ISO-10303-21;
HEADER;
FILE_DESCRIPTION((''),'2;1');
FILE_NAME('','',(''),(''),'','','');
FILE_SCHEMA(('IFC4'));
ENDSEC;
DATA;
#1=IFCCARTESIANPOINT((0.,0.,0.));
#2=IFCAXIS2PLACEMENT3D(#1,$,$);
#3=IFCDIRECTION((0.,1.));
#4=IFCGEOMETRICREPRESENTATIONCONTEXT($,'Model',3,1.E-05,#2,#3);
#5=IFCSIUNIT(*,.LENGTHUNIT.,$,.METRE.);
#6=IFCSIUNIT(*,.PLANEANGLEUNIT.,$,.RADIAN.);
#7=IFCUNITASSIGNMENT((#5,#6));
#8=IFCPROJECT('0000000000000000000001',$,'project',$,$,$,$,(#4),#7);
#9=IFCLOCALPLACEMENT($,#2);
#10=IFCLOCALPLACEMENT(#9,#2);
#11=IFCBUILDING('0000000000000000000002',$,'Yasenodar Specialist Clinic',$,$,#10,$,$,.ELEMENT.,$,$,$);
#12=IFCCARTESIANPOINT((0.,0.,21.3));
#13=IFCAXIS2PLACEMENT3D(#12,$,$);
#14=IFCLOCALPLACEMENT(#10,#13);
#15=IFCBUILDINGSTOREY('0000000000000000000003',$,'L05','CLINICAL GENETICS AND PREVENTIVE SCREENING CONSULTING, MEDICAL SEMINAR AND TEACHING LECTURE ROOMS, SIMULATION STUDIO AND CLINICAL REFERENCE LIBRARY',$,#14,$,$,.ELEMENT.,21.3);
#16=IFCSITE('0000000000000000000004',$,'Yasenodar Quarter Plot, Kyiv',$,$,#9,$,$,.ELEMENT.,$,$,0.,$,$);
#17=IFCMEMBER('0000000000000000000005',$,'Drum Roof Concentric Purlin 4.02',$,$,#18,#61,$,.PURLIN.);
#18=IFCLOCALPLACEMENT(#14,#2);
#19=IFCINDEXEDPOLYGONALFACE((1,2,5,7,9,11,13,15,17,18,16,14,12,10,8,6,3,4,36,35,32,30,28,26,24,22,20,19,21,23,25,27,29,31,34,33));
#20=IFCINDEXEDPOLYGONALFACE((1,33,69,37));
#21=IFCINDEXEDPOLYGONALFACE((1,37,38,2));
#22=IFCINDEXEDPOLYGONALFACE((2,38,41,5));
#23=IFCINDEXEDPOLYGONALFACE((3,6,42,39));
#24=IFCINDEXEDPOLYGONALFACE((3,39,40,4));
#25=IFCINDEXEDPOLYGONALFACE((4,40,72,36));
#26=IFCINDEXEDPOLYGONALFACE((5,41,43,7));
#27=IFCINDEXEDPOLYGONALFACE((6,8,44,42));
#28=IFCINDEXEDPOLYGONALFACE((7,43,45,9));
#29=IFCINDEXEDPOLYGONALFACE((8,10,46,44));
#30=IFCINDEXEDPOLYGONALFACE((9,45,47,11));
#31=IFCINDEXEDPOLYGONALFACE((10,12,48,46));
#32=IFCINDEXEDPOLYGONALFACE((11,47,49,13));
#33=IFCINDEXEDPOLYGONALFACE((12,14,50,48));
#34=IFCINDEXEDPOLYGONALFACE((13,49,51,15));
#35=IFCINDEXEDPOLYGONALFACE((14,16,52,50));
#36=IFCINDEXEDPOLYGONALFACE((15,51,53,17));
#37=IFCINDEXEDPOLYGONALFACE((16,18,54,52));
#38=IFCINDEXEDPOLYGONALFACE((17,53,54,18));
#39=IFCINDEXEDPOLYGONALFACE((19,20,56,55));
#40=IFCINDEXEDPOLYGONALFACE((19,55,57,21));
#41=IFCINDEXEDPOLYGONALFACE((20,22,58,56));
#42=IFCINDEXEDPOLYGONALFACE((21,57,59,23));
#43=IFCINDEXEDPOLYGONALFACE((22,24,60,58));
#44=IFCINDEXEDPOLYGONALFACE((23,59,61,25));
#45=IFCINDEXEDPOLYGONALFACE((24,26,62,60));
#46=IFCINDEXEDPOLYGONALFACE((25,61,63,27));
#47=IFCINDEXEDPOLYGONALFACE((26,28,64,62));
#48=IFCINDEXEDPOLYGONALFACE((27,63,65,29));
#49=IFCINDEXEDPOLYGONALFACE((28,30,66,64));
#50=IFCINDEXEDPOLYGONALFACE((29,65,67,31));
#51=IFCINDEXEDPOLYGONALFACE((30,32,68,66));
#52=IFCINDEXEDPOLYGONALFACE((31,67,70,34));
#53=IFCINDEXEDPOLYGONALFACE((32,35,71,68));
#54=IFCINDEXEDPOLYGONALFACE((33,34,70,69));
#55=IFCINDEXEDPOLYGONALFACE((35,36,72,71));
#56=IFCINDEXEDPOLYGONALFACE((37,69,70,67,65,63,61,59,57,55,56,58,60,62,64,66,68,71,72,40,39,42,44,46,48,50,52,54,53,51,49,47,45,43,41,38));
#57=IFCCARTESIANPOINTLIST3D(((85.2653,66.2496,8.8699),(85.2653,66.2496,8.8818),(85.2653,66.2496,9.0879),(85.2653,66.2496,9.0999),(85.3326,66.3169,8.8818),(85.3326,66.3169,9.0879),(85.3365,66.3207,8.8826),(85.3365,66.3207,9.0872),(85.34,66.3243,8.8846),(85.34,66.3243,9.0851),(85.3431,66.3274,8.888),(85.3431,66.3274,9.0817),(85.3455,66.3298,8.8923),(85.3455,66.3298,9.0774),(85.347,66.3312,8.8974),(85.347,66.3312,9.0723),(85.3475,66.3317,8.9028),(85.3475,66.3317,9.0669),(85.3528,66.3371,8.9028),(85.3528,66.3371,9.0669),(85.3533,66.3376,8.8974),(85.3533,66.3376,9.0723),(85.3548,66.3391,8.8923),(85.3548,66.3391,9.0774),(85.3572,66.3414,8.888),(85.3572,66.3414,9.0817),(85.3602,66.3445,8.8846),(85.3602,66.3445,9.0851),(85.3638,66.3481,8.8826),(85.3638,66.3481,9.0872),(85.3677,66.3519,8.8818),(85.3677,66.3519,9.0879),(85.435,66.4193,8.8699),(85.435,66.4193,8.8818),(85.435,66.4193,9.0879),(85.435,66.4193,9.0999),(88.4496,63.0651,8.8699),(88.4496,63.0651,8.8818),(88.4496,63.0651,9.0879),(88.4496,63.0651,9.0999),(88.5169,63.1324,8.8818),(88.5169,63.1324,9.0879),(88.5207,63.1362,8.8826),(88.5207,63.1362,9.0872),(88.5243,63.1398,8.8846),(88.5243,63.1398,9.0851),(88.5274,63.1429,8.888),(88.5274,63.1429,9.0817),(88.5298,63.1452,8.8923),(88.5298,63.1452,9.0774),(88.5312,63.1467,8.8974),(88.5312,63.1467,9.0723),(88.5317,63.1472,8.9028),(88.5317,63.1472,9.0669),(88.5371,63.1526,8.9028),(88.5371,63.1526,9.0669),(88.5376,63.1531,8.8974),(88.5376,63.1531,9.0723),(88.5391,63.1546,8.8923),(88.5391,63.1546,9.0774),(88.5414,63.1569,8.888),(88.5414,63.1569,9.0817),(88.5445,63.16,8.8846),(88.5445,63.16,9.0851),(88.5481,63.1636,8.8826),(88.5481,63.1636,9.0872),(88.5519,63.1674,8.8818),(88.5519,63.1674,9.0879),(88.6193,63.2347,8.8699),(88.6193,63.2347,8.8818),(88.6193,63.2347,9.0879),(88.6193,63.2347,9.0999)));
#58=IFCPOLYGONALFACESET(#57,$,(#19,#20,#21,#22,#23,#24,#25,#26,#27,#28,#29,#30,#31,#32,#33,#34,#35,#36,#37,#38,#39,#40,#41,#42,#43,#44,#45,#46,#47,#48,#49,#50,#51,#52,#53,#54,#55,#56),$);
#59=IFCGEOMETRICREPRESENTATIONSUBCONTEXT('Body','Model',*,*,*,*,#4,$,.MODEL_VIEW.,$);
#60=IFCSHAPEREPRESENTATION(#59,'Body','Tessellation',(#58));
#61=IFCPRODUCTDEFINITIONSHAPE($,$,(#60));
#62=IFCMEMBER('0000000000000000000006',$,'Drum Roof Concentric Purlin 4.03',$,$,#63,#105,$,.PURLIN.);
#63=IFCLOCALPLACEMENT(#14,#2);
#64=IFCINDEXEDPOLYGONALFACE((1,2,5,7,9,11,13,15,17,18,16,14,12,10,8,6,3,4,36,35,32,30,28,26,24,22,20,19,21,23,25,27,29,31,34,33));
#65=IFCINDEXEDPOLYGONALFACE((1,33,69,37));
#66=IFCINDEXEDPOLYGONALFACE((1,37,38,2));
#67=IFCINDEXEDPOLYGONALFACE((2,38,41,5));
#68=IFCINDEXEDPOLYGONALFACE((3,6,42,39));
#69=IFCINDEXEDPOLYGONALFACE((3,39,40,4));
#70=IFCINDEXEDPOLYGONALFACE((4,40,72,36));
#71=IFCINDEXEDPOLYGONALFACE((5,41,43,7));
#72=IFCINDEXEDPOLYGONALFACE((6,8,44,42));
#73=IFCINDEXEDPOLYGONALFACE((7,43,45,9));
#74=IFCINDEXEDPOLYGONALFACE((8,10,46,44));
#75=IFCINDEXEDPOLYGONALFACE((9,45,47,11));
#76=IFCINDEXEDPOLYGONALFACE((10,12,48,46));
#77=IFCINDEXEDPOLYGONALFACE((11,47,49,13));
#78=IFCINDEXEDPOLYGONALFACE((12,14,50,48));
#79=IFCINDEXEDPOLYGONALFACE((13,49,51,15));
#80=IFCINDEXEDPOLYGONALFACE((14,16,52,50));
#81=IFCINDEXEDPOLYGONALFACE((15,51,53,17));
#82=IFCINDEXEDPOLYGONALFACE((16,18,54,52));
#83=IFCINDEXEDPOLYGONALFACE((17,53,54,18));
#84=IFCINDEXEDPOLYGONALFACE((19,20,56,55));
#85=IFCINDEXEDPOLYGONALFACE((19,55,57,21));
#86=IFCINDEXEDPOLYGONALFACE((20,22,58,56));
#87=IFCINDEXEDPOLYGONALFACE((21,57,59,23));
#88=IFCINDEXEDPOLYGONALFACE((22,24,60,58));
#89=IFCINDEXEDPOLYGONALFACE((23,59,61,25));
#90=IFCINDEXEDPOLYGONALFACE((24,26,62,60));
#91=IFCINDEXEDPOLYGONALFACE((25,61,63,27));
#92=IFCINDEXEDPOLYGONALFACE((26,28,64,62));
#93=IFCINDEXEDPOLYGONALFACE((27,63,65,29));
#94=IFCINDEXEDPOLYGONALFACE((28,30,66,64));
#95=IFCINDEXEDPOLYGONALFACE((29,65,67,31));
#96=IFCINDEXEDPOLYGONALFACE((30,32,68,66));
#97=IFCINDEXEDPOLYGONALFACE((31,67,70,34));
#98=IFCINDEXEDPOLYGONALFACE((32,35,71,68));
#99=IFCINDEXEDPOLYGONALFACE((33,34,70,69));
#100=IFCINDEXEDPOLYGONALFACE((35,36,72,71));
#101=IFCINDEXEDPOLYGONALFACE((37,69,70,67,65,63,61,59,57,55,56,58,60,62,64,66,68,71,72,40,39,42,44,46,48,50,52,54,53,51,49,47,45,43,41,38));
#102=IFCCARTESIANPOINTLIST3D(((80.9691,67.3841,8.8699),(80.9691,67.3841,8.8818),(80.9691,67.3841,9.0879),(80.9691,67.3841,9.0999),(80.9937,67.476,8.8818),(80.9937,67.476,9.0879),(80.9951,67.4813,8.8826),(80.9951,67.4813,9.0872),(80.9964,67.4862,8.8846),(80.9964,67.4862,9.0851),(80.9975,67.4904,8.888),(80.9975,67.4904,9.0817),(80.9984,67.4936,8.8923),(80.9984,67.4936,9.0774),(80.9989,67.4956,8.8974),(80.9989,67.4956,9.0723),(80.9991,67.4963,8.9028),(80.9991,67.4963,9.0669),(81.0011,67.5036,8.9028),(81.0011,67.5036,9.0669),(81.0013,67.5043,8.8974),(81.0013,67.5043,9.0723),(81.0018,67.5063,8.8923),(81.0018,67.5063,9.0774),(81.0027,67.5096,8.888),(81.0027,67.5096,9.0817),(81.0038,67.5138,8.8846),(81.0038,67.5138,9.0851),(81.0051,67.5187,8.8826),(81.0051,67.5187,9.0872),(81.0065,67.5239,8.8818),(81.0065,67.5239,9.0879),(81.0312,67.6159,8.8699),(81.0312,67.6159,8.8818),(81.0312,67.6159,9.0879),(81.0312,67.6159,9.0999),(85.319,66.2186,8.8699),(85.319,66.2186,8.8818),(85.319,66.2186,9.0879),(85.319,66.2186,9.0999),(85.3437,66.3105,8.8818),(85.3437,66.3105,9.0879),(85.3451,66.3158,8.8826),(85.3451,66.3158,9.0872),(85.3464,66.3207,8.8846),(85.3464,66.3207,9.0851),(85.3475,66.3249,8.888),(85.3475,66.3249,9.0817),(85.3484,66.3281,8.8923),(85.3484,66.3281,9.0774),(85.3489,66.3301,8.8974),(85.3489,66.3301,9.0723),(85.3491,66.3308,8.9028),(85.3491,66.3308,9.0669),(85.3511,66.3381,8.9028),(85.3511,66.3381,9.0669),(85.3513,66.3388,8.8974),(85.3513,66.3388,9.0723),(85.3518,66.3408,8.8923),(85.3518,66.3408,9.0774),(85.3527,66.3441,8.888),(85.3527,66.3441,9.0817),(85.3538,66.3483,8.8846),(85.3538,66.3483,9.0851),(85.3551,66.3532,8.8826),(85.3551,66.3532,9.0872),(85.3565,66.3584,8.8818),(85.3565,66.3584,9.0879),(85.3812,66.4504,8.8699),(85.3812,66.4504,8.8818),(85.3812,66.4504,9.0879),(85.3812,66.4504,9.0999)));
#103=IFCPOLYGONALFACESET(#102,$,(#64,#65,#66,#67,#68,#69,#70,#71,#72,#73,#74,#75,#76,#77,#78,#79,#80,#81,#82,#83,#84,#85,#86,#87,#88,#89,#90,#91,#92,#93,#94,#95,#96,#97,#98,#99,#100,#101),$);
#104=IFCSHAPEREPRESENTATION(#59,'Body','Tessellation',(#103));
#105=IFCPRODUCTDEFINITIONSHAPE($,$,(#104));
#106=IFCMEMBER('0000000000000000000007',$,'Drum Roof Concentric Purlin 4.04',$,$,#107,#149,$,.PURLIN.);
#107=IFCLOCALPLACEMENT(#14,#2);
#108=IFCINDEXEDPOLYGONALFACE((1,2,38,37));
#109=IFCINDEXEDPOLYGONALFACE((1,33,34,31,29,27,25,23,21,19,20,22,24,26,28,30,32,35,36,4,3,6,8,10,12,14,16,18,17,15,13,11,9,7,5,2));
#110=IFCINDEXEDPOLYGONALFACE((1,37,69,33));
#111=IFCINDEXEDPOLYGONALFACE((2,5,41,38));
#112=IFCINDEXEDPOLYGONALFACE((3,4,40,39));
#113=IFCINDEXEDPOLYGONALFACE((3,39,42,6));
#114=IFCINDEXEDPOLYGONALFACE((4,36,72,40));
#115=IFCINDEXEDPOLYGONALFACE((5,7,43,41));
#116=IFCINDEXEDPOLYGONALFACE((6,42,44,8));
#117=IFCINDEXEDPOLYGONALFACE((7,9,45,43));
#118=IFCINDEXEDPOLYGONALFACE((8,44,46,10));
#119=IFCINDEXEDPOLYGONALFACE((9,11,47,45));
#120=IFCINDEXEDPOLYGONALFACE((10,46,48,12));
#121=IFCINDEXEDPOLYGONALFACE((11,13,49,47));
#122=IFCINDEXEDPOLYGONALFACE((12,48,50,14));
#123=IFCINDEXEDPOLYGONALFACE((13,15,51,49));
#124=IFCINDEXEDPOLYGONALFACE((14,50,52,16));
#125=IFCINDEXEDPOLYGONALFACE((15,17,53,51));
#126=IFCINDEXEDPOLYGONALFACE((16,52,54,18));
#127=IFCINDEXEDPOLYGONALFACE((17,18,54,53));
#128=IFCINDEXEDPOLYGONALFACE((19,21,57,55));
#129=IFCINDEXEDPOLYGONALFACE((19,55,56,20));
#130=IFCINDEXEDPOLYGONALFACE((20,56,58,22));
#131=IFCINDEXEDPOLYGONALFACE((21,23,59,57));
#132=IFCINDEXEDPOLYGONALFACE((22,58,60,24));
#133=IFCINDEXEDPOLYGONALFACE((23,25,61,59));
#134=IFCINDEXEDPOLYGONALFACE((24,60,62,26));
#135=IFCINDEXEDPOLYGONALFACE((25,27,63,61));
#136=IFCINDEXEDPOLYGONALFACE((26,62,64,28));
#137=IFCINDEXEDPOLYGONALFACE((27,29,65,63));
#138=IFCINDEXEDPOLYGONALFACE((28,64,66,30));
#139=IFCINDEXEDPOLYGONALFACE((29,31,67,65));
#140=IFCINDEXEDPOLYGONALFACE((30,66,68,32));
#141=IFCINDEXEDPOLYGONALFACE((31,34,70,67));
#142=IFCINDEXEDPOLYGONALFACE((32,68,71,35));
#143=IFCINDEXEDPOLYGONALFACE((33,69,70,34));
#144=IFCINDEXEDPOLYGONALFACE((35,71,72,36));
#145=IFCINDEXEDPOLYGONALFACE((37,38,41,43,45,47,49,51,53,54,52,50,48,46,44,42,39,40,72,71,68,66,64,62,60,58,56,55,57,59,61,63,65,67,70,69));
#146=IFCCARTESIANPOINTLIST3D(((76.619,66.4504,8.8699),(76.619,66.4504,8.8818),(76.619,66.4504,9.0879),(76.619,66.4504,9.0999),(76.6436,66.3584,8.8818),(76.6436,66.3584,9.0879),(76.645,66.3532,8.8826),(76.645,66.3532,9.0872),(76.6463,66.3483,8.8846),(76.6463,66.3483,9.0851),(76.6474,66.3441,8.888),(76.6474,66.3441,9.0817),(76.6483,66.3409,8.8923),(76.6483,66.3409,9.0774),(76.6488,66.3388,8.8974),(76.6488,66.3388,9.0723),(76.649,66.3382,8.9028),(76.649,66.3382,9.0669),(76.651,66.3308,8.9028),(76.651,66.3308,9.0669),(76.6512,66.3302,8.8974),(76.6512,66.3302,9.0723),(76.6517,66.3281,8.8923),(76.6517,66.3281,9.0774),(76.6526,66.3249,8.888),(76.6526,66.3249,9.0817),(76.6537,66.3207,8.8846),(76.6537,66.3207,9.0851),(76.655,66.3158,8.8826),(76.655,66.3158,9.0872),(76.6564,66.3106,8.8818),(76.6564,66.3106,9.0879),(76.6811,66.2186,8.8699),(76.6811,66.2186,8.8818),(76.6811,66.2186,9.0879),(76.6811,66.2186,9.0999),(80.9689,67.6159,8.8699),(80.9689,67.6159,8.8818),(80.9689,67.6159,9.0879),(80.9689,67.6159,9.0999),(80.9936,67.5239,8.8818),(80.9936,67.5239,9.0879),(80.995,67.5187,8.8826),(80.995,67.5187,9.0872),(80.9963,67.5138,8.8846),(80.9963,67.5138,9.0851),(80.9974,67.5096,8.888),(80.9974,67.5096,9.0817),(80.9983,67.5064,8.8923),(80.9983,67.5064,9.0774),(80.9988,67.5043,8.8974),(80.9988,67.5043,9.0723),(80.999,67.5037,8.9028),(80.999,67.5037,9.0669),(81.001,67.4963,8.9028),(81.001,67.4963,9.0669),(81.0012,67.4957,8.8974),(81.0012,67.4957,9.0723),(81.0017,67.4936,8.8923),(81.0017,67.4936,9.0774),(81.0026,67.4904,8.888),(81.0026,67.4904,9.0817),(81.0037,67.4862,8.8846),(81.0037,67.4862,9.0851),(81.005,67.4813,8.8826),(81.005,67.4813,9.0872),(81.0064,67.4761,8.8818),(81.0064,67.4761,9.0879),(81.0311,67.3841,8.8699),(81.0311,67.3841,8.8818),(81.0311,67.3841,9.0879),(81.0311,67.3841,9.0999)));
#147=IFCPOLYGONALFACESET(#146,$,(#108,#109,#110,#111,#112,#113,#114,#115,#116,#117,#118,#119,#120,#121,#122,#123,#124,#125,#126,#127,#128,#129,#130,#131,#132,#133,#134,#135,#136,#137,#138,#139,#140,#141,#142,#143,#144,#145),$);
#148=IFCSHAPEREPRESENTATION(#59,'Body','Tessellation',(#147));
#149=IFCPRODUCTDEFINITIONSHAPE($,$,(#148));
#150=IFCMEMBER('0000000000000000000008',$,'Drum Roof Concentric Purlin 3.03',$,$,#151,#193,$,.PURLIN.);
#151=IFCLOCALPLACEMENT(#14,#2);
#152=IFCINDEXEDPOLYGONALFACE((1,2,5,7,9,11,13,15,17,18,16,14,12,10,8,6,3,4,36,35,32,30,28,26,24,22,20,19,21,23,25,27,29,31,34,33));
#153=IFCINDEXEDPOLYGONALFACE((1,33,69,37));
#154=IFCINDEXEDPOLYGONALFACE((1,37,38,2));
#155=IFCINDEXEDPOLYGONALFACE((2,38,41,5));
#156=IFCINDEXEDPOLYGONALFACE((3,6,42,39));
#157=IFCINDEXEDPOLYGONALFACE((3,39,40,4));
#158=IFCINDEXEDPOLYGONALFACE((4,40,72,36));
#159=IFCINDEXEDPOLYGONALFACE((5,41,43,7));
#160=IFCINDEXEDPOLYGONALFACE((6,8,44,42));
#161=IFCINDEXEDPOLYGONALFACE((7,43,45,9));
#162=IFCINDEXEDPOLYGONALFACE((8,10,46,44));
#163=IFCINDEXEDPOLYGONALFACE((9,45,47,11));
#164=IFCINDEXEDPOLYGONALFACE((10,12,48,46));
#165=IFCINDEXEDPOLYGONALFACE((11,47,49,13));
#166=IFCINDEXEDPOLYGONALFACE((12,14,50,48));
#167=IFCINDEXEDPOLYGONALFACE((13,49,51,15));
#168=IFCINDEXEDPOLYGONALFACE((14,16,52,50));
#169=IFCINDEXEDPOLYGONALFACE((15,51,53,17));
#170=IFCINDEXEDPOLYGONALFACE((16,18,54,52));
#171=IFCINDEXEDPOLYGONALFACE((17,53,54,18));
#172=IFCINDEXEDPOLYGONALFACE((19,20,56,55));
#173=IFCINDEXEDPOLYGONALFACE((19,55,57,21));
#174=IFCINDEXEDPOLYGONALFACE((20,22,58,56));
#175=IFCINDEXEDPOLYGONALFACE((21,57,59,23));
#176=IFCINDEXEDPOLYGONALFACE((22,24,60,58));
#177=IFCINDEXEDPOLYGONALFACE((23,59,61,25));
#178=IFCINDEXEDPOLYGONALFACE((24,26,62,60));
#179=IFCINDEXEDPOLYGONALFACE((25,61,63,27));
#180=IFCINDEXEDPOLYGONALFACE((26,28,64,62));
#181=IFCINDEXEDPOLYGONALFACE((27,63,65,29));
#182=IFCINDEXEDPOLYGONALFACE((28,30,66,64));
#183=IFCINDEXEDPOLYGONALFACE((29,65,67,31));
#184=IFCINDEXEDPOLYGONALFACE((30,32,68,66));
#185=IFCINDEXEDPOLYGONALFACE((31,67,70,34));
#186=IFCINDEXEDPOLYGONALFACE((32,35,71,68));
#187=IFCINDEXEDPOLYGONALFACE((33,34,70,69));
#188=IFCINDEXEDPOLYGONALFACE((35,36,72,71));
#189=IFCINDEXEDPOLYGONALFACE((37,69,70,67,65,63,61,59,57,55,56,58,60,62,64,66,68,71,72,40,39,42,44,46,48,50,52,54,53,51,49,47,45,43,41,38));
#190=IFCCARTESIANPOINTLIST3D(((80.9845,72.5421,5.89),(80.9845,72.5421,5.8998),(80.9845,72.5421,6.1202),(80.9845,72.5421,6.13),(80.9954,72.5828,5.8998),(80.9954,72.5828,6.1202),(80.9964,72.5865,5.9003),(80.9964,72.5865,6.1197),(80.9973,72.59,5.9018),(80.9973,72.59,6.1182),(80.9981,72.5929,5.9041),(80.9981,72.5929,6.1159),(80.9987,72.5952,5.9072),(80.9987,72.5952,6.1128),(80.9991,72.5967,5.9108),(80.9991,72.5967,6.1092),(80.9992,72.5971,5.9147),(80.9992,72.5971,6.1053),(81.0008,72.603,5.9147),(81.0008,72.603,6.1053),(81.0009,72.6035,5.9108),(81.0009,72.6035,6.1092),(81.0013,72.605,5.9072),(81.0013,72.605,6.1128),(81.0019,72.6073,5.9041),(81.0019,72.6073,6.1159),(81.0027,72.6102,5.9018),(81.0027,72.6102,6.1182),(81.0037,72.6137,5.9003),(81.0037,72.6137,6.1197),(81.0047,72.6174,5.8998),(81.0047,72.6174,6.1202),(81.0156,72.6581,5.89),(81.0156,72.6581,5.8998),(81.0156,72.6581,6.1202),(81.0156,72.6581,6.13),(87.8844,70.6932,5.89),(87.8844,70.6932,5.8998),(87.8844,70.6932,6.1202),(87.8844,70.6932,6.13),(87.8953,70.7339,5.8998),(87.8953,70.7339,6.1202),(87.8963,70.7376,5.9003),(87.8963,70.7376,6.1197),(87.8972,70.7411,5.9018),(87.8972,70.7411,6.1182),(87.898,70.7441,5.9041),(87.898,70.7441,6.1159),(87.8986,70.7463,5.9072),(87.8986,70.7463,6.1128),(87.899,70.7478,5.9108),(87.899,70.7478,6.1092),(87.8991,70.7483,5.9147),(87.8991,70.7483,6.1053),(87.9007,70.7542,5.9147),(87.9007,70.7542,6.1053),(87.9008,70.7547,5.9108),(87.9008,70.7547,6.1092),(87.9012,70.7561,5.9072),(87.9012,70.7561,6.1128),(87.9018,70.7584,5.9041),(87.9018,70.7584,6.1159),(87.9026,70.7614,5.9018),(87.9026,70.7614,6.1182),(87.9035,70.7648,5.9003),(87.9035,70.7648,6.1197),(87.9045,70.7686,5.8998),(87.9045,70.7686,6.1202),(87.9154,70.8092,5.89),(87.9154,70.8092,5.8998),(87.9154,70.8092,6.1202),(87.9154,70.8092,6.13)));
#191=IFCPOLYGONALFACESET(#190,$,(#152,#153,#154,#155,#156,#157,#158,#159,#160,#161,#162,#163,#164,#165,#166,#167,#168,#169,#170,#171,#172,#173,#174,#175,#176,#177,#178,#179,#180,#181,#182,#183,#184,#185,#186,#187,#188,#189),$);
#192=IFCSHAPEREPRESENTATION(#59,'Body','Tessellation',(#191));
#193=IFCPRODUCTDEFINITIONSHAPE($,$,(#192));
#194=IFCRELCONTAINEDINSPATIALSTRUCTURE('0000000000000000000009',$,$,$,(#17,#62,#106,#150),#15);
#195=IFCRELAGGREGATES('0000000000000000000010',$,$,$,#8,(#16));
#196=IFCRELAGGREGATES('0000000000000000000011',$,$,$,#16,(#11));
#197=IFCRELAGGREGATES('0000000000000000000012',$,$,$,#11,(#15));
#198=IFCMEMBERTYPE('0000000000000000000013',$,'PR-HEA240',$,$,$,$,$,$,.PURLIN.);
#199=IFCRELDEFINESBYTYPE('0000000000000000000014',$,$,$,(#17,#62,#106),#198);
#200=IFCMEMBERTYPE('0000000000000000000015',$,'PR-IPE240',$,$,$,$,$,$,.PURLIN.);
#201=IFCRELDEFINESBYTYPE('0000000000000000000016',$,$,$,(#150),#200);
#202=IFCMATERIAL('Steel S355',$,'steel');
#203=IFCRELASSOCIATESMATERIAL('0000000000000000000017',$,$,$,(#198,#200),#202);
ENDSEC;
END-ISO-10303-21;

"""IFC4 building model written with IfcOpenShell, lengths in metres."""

from ifc_helpers import new_model, si_unit, direction, frame, origin, origin_2d, place, context, subcontext, project, spatial, i_section, extrude, material, material_profile, profile_set, type_object, element, save


model = new_model("IFC4")

# Units and contexts
model_context = context("Model", 3, precision=1e-05, world=origin(), true_north=direction((0.0, 1.0)))
body_context = subcontext(model_context, "Body", "Model", "MODEL_VIEW")
ifc_project = project(units=[si_unit("LENGTHUNIT", "METRE"), si_unit("PLANEANGLEUNIT", "RADIAN")], contexts=[model_context])

# Site, building, storey
site_placement = place(None, origin())
site = spatial("IfcSite", under=ifc_project, at=site_placement, Name="Yasenodar Quarter Plot, Kyiv", CompositionType="ELEMENT", RefElevation=0.0)
building_placement = place(site_placement, origin())
building = spatial("IfcBuilding", under=site, at=building_placement, Name="Yasenodar Specialist Clinic", CompositionType="ELEMENT")
storey_placement = place(building_placement, frame((0.0, 0.0, 21.3)))
storey = spatial("IfcBuildingStorey", under=building, at=storey_placement, Name="L05", Description="CLINICAL GENETICS AND PREVENTIVE SCREENING CONSULTING, MEDICAL SEMINAR AND TEACHING LECTURE ROOMS, SIMULATION STUDIO AND CLINICAL REFERENCE LIBRARY", CompositionType="ELEMENT", Elevation=21.3)

# Shared definitions
ifc_material = material(Name="Steel S355", Category="steel")

# Members
ifc_material_profile_1 = material_profile(ifc_material, i_section(OverallWidth=0.24, OverallDepth=0.23, WebThickness=0.0076, FlangeThickness=0.012, FilletRadius=0.021, at=origin_2d()), Name="HEA 240")
ifc_profile_set_1 = profile_set([ifc_material_profile_1], Name="Steel S355")
member_type_1 = type_object("IfcMemberType", Name="PR-HEA240", PredefinedType="PURLIN", material=ifc_profile_set_1)
for number, where, z_axis, x_axis, name in (
    (1, (88.5344, 63.1499, 8.9849), (-0.70708, 0.707134, 0.0), (-0.707134, -0.70708, 0.0), "Drum Roof Concentric Purlin 4.02"),
    (2, (85.3501, 66.3345, 8.9849), (-0.96593, 0.258803, 0.0), (-0.258803, -0.96593, 0.0), "Drum Roof Concentric Purlin 4.03"),
    (3, (81.0, 67.5, 8.9849), (-0.96593, -0.258803, 0.0), (0.258803, -0.96593, 0.0), "Drum Roof Concentric Purlin 4.04"),
):
    element("IfcMember", number, at=place(storey_placement, frame(where, z_axis=z_axis, x_axis=x_axis)), inside=storey, type_object=member_type_1, Name=name, PredefinedType="PURLIN", context=body_context, shape_type="SweptSolid", body=[
        extrude(i_section(OverallWidth=0.24, OverallDepth=0.23, WebThickness=0.0076, FlangeThickness=0.012, FilletRadius=0.021, at=origin_2d()), origin(), (0.0, 0.0, 1.0), 4.5034),
    ])
ifc_material_profile_2 = material_profile(ifc_material, i_section(OverallWidth=0.1201, OverallDepth=0.24, WebThickness=0.0061, FlangeThickness=0.0098, FilletRadius=0.0149, at=origin_2d()), Name="IPE 240")
ifc_profile_set_2 = profile_set([ifc_material_profile_2], Name="Steel S355")
member_type_2 = type_object("IfcMemberType", Name="PR-IPE240", PredefinedType="PURLIN", material=ifc_profile_set_2)
member_1_placement = place(storey_placement, frame((87.8999, 70.7512, 6.01), z_axis=(-0.965924, 0.258826, 0.0), x_axis=(-0.258826, -0.965924, 0.0)))
element("IfcMember", 4, at=member_1_placement, inside=storey, type_object=member_type_2, Name="Drum Roof Concentric Purlin 3.03", PredefinedType="PURLIN", context=body_context, shape_type="SweptSolid", body=[
    extrude(i_section(OverallWidth=0.1201, OverallDepth=0.24, WebThickness=0.0061, FlangeThickness=0.0098, FilletRadius=0.0149, at=origin_2d()), origin(), (0.0, 0.0, 1.0), 7.1433),
])

save(model, "model.ifc")
